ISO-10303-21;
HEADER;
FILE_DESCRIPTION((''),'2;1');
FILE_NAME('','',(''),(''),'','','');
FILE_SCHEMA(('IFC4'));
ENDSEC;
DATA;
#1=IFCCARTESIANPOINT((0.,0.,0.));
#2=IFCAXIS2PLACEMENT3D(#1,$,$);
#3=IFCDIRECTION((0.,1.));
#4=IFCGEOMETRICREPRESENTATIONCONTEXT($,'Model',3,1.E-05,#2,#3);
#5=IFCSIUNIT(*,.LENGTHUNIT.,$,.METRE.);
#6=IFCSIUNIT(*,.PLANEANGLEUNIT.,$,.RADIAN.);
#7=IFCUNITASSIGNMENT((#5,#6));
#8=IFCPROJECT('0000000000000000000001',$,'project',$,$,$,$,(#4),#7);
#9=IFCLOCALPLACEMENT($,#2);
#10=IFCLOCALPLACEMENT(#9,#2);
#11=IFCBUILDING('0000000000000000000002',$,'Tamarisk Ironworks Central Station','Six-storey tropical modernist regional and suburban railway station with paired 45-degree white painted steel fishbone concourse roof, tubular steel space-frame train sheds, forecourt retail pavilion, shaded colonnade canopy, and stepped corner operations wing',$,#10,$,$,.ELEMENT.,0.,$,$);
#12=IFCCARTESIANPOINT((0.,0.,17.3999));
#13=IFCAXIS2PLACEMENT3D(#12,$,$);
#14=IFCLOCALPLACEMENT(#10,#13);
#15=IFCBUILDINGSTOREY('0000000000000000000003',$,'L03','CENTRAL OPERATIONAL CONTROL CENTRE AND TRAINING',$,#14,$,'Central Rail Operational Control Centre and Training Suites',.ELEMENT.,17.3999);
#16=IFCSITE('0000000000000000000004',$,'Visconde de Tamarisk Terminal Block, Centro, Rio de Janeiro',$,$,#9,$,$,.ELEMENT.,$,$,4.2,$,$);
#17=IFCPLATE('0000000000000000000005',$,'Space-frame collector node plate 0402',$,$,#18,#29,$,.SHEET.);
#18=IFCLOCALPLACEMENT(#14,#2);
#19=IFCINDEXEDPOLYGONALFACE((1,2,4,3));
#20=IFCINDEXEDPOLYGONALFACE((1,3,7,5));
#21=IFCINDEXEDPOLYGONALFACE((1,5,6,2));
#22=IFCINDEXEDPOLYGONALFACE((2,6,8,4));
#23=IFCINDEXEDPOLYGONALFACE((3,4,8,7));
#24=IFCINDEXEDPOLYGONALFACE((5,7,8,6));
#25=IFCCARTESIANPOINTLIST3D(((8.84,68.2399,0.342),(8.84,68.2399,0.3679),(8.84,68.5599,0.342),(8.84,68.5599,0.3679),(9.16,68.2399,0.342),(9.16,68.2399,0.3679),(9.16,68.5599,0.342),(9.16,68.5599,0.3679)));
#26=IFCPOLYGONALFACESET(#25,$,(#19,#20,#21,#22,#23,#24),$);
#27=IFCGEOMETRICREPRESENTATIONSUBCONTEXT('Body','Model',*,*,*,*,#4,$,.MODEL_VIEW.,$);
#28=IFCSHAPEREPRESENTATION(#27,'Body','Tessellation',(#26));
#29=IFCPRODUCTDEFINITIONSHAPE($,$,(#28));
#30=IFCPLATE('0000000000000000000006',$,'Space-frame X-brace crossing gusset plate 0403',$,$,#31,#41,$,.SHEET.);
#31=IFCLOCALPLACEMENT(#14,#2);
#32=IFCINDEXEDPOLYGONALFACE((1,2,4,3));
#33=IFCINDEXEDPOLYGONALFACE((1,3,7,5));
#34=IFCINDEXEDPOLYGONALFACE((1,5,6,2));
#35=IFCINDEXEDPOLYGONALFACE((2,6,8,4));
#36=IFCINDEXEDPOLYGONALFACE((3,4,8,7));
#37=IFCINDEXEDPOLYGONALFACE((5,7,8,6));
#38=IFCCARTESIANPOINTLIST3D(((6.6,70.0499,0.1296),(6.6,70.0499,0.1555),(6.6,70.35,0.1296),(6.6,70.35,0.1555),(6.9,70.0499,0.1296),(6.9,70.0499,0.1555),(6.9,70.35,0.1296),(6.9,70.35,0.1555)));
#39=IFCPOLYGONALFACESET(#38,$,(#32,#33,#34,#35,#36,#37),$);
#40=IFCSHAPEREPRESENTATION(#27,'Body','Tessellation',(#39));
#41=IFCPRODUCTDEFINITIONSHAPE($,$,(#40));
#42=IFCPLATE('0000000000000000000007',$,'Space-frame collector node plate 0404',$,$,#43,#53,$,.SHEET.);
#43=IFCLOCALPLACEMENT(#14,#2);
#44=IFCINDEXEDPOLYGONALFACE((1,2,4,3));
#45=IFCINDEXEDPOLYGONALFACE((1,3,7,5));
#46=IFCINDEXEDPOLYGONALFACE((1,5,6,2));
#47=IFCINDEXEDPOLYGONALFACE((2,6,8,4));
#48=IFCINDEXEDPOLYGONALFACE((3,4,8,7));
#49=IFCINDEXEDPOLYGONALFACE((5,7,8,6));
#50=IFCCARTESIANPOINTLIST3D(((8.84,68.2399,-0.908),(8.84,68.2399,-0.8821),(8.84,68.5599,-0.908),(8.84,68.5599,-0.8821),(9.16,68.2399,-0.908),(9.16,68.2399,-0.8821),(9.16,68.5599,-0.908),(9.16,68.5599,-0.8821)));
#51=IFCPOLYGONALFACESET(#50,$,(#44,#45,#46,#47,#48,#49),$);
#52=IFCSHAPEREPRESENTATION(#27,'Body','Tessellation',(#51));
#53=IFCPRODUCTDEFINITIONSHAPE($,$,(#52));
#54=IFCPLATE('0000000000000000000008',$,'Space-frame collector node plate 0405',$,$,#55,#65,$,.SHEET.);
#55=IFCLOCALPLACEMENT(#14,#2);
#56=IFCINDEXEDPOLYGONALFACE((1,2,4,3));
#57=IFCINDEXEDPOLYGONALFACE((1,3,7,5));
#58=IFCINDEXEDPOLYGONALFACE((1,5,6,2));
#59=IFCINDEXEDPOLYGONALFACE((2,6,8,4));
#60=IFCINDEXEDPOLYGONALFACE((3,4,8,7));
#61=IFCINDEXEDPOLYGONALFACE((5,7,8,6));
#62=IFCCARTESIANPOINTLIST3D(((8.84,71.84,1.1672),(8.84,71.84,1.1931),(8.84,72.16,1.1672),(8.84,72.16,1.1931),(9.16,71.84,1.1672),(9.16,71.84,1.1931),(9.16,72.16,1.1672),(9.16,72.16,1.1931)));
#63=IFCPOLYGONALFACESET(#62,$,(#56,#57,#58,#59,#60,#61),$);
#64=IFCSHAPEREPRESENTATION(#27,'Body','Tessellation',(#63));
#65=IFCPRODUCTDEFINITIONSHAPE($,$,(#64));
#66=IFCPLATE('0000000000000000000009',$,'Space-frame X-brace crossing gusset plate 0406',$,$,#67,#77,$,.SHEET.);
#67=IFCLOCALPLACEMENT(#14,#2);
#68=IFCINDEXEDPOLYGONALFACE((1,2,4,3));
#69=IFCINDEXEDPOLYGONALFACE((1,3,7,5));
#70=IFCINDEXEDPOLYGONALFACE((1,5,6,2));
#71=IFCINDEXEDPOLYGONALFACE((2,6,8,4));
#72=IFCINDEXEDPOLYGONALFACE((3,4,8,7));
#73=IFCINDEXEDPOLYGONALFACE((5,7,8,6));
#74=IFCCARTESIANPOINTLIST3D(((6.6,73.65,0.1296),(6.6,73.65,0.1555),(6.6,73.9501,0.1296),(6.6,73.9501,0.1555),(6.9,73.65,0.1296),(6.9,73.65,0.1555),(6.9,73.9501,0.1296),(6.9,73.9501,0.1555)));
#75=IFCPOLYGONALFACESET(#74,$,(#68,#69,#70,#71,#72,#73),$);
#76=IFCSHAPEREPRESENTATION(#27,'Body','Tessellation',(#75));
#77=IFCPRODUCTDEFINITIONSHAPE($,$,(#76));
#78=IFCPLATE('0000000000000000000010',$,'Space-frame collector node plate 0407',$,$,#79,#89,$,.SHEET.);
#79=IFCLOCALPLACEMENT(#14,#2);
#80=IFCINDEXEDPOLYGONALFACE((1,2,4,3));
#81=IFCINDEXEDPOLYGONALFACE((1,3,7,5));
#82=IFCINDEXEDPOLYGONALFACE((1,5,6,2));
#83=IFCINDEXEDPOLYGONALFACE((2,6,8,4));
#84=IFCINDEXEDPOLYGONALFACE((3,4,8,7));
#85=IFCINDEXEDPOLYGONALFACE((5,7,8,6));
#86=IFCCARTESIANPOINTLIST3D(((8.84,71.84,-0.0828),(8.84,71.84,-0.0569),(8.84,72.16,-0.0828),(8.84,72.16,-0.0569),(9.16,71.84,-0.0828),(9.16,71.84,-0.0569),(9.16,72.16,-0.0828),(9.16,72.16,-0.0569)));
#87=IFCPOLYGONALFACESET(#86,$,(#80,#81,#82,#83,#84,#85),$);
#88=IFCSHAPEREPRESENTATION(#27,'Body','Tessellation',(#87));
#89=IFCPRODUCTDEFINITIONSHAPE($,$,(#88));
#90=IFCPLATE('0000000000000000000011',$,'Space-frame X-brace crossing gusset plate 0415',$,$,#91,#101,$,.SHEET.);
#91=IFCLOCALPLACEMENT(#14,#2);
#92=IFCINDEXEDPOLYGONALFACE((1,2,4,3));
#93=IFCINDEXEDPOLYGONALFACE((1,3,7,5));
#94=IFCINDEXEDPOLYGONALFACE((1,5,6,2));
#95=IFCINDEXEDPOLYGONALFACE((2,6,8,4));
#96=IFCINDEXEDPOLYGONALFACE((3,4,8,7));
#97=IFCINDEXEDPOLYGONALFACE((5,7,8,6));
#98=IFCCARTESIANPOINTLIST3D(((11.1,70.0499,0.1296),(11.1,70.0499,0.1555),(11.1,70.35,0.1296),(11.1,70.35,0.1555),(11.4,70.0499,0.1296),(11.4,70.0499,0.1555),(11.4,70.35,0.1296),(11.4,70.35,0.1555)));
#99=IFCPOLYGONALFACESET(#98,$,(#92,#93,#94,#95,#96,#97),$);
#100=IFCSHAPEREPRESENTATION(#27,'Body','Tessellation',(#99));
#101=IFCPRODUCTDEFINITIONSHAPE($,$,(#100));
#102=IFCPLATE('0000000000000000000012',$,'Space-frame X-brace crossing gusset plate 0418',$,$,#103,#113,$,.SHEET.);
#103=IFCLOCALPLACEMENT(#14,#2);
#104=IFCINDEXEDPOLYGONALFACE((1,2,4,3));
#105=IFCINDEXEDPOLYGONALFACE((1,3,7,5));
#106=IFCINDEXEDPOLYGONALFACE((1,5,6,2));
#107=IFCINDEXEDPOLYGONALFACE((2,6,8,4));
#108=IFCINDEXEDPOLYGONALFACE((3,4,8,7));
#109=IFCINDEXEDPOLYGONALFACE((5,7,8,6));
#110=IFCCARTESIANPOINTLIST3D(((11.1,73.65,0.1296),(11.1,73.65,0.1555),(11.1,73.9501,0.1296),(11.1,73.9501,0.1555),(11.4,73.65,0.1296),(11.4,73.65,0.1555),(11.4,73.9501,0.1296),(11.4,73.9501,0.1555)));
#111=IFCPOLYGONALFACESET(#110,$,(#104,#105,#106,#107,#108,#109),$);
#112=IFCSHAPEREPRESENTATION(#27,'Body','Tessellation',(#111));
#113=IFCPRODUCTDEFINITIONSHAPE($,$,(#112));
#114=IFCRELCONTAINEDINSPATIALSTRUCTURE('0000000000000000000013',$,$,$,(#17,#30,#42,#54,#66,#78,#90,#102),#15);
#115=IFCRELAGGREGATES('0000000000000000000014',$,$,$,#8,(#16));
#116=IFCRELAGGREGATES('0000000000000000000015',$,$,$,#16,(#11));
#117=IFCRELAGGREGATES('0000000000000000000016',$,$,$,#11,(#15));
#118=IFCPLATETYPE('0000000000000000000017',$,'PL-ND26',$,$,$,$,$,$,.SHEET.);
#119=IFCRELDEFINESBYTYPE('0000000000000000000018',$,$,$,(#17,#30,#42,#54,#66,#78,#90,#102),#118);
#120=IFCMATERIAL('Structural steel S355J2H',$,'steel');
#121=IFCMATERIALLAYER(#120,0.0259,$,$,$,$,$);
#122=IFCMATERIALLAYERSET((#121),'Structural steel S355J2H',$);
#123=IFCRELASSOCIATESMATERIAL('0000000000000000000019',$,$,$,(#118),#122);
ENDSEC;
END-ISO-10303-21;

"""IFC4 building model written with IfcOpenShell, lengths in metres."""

from ifc_helpers import new_model, si_unit, direction, frame, origin, origin_2d, place, context, subcontext, project, spatial, rectangle, extrude, material, layer, layer_set, type_object, element, save


model = new_model("IFC4")

# Units and contexts
model_context = context("Model", 3, precision=1e-05, world=origin(), true_north=direction((0.0, 1.0)))
body_context = subcontext(model_context, "Body", "Model", "MODEL_VIEW")
ifc_project = project(units=[si_unit("LENGTHUNIT", "METRE"), si_unit("PLANEANGLEUNIT", "RADIAN")], contexts=[model_context])

# Site, building, storey
site_placement = place(None, origin())
site = spatial("IfcSite", under=ifc_project, at=site_placement, Name="Visconde de Tamarisk Terminal Block, Centro, Rio de Janeiro", CompositionType="ELEMENT", RefElevation=4.2)
building_placement = place(site_placement, origin())
building = spatial("IfcBuilding", under=site, at=building_placement, Name="Tamarisk Ironworks Central Station", Description="Six-storey tropical modernist regional and suburban railway station with paired 45-degree white painted steel fishbone concourse roof, tubular steel space-frame train sheds, forecourt retail pavilion, shaded colonnade canopy, and stepped corner operations wing", CompositionType="ELEMENT", ElevationOfRefHeight=0.0)
storey_placement = place(building_placement, frame((0.0, 0.0, 17.3999)))
storey = spatial("IfcBuildingStorey", under=building, at=storey_placement, Name="L03", Description="CENTRAL OPERATIONAL CONTROL CENTRE AND TRAINING", LongName="Central Rail Operational Control Centre and Training Suites", CompositionType="ELEMENT", Elevation=17.3999)

# Shared definitions
ifc_material = material(Name="Structural steel S355J2H", Category="steel")

# Plates
ifc_layer = layer(ifc_material, 0.0259)
ifc_layer_set = layer_set([ifc_layer], Name="Structural steel S355J2H")
plate_type = type_object("IfcPlateType", Name="PL-ND26", PredefinedType="SHEET", material=ifc_layer_set)
for number, where, z_axis, x_axis, name in (
    (1, (9.0, 68.3999, 0.342), (0.0, 0.0, 1.0), (1.0, 0.0, 0.0), "Space-frame collector node plate 0402"),
):
    element("IfcPlate", number, at=place(storey_placement, frame(where, z_axis=z_axis, x_axis=x_axis)), inside=storey, type_object=plate_type, Name=name, PredefinedType="SHEET", context=body_context, shape_type="SweptSolid", body=[
        extrude(rectangle(XDim=0.3201, YDim=0.3201, at=origin_2d()), origin(), (0.0, 0.0, 1.0), 0.0259),
    ])
plate_1_placement = place(storey_placement, frame((6.75, 70.2, 0.1296), z_axis=(0.0, 0.0, 1.0), x_axis=(1.0, 0.0, 0.0)))
element("IfcPlate", 2, at=plate_1_placement, inside=storey, type_object=plate_type, Name="Space-frame X-brace crossing gusset plate 0403", PredefinedType="SHEET", context=body_context, shape_type="SweptSolid", body=[
    extrude(rectangle(XDim=0.3, YDim=0.3, at=origin_2d()), origin(), (0.0, 0.0, 1.0), 0.0259),
])
for number, where, z_axis, x_axis, name in (
    (3, (9.0, 68.3999, -0.908), (0.0, 0.0, 1.0), (1.0, 0.0, 0.0), "Space-frame collector node plate 0404"),
    (4, (9.0, 72.0, 1.1672), (0.0, 0.0, 1.0), (1.0, 0.0, 0.0), "Space-frame collector node plate 0405"),
):
    element("IfcPlate", number, at=place(storey_placement, frame(where, z_axis=z_axis, x_axis=x_axis)), inside=storey, type_object=plate_type, Name=name, PredefinedType="SHEET", context=body_context, shape_type="SweptSolid", body=[
        extrude(rectangle(XDim=0.3201, YDim=0.3201, at=origin_2d()), origin(), (0.0, 0.0, 1.0), 0.0259),
    ])
plate_2_placement = place(storey_placement, frame((6.75, 73.8, 0.1296), z_axis=(0.0, 0.0, 1.0), x_axis=(1.0, 0.0, 0.0)))
element("IfcPlate", 5, at=plate_2_placement, inside=storey, type_object=plate_type, Name="Space-frame X-brace crossing gusset plate 0406", PredefinedType="SHEET", context=body_context, shape_type="SweptSolid", body=[
    extrude(rectangle(XDim=0.3, YDim=0.3, at=origin_2d()), origin(), (0.0, 0.0, 1.0), 0.0259),
])
plate_3_placement = place(storey_placement, frame((9.0, 72.0, -0.0828), z_axis=(0.0, 0.0, 1.0), x_axis=(1.0, 0.0, 0.0)))
element("IfcPlate", 6, at=plate_3_placement, inside=storey, type_object=plate_type, Name="Space-frame collector node plate 0407", PredefinedType="SHEET", context=body_context, shape_type="SweptSolid", body=[
    extrude(rectangle(XDim=0.3201, YDim=0.3201, at=origin_2d()), origin(), (0.0, 0.0, 1.0), 0.0259),
])
for number, where, z_axis, x_axis, name in (
    (7, (11.25, 70.2, 0.1296), (0.0, 0.0, 1.0), (1.0, 0.0, 0.0), "Space-frame X-brace crossing gusset plate 0415"),
    (8, (11.25, 73.8, 0.1296), (0.0, 0.0, 1.0), (1.0, 0.0, 0.0), "Space-frame X-brace crossing gusset plate 0418"),
):
    element("IfcPlate", number, at=place(storey_placement, frame(where, z_axis=z_axis, x_axis=x_axis)), inside=storey, type_object=plate_type, Name=name, PredefinedType="SHEET", context=body_context, shape_type="SweptSolid", body=[
        extrude(rectangle(XDim=0.3, YDim=0.3, at=origin_2d()), origin(), (0.0, 0.0, 1.0), 0.0259),
    ])

save(model, "model.ifc")
